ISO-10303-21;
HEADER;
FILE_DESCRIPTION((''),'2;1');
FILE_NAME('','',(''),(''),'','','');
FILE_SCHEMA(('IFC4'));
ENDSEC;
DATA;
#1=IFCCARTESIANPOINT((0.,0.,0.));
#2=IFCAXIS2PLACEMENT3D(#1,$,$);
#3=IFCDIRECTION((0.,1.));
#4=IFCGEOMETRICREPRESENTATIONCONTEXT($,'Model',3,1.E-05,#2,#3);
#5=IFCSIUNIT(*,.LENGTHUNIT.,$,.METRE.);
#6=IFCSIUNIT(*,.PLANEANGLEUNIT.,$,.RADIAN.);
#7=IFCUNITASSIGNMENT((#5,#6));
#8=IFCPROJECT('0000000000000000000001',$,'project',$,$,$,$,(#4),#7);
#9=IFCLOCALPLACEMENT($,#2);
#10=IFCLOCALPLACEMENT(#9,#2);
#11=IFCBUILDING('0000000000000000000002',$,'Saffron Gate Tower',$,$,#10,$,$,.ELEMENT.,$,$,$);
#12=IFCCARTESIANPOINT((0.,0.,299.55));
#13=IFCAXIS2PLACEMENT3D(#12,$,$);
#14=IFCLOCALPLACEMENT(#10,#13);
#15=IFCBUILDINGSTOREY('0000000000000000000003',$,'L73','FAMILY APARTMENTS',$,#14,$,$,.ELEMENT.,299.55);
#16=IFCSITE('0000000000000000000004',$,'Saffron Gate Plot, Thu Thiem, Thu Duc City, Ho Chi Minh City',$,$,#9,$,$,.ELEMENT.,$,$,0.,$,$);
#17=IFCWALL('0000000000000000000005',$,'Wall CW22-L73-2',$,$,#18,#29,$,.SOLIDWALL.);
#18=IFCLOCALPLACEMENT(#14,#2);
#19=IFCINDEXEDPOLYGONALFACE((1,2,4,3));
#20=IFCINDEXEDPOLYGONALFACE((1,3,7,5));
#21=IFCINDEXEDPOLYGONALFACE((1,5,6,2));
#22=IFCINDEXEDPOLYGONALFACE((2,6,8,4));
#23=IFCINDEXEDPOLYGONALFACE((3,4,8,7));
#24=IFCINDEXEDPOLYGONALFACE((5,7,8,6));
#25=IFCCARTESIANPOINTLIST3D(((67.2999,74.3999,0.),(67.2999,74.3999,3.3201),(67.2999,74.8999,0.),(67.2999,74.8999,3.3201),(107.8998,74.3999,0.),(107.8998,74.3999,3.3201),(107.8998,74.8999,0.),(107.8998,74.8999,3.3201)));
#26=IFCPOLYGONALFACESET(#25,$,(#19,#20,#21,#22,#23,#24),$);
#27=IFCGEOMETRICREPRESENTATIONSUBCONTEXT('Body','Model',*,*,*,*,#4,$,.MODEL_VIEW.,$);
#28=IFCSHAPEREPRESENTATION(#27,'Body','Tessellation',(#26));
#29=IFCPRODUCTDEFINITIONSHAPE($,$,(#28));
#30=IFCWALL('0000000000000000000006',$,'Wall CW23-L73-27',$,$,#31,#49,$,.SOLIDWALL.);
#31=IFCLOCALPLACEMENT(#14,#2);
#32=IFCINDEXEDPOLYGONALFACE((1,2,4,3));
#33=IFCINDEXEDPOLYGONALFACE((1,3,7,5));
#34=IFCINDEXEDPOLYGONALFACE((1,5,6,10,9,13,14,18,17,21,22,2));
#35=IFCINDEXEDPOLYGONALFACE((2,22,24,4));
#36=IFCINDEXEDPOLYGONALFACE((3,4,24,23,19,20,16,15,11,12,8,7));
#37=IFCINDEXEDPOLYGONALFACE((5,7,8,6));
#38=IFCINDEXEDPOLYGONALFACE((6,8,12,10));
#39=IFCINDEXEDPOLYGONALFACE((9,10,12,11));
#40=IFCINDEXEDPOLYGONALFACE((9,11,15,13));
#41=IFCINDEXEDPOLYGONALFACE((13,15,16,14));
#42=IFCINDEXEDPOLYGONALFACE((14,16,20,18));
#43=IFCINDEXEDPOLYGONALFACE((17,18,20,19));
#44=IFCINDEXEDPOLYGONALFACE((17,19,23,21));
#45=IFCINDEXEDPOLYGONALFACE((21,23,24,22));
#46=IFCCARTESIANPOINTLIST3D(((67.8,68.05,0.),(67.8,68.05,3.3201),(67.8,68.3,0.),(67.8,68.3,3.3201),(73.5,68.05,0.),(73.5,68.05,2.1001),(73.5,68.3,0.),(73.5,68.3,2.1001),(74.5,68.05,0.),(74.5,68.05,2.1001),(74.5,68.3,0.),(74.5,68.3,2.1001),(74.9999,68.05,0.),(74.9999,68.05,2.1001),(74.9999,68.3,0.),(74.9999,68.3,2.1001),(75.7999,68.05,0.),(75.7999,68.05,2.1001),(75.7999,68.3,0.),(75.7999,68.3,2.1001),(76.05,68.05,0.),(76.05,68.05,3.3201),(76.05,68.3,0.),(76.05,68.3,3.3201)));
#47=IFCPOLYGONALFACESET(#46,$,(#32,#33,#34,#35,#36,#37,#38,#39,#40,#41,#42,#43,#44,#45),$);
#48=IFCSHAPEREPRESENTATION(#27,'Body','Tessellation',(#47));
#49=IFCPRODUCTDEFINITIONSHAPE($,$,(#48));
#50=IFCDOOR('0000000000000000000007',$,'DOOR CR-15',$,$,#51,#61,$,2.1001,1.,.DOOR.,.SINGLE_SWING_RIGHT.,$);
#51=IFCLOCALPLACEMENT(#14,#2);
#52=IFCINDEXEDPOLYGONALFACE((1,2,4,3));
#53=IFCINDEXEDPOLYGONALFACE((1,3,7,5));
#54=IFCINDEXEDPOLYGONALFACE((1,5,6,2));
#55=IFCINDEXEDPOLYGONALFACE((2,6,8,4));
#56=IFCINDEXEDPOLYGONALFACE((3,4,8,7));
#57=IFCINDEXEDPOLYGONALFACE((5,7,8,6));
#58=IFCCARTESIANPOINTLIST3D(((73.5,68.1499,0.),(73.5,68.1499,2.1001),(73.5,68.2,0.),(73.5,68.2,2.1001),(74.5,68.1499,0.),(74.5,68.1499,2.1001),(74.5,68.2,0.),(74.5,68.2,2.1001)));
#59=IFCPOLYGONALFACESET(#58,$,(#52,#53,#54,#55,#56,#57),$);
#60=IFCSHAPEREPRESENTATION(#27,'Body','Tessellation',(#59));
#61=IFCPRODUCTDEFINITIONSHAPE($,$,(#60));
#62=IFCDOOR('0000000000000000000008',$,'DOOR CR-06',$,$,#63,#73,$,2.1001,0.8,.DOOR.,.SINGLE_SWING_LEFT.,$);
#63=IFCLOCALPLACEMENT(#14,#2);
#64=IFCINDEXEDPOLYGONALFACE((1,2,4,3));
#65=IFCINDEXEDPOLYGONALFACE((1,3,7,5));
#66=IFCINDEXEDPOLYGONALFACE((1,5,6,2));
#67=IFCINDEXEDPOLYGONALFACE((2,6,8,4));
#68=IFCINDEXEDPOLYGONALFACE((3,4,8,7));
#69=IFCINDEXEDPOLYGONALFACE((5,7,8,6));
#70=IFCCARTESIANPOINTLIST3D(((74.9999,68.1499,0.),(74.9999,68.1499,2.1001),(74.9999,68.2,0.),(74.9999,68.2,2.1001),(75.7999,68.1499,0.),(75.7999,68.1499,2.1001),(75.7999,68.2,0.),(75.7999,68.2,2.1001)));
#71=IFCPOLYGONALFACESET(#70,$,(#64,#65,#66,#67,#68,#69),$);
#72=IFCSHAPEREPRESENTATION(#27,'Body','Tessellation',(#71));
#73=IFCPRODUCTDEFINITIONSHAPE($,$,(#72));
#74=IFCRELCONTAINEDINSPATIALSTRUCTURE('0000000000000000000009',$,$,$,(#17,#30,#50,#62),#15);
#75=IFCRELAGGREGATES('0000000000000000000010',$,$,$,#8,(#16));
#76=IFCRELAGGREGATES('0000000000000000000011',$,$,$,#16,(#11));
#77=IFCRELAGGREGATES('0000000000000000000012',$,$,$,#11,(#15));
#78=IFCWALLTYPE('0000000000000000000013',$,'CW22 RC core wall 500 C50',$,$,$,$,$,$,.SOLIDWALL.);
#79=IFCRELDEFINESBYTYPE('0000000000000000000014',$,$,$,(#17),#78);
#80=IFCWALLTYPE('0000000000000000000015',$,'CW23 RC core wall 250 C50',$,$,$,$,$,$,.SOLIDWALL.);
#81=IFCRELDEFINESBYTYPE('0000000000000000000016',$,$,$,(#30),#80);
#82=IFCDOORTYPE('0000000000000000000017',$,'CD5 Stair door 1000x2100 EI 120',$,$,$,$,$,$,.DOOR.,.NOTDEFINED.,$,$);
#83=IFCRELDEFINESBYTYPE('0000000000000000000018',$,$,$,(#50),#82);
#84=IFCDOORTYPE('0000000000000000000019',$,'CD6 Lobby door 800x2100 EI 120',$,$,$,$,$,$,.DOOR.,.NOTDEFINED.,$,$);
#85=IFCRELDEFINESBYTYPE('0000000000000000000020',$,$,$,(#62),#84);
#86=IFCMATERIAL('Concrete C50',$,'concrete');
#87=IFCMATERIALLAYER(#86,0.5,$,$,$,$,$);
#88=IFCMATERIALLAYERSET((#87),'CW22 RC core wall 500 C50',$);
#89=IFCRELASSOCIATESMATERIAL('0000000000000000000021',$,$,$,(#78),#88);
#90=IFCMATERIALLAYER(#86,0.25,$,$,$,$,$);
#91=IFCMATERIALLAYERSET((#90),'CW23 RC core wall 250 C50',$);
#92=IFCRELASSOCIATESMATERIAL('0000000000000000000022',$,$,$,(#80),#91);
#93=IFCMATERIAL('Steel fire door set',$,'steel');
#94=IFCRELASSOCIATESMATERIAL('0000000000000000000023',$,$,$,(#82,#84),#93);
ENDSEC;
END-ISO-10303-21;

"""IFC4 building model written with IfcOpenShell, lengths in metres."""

from ifc_helpers import new_model, si_unit, direction, frame, frame_2d, origin, place, context, subcontext, project, spatial, rectangle, extrude, material, layer, layer_set, type_object, element, fill, save


model = new_model("IFC4")

# Units and contexts
model_context = context("Model", 3, precision=1e-05, world=origin(), true_north=direction((0.0, 1.0)))
body_context = subcontext(model_context, "Body", "Model", "MODEL_VIEW")
ifc_project = project(units=[si_unit("LENGTHUNIT", "METRE"), si_unit("PLANEANGLEUNIT", "RADIAN")], contexts=[model_context])

# Site, building, storey
site_placement = place(None, origin())
site = spatial("IfcSite", under=ifc_project, at=site_placement, Name="Saffron Gate Plot, Thu Thiem, Thu Duc City, Ho Chi Minh City", CompositionType="ELEMENT", RefElevation=0.0)
building_placement = place(site_placement, origin())
building = spatial("IfcBuilding", under=site, at=building_placement, Name="Saffron Gate Tower", CompositionType="ELEMENT")
storey_placement = place(building_placement, frame((0.0, 0.0, 299.55)))
storey = spatial("IfcBuildingStorey", under=building, at=storey_placement, Name="L73", Description="FAMILY APARTMENTS", CompositionType="ELEMENT", Elevation=299.55)

# Wall
ifc_material_1 = material(Name="Concrete C50", Category="concrete")
ifc_layer_1 = layer(ifc_material_1, 0.5)
ifc_layer_set_1 = layer_set([ifc_layer_1], Name="CW22 RC core wall 500 C50")
wall_type_1 = type_object("IfcWallType", Name="CW22 RC core wall 500 C50", PredefinedType="SOLIDWALL", material=ifc_layer_set_1)
wall_1_placement = place(storey_placement, frame((67.3, 74.6499, 0.0), z_axis=(0.0, 0.0, 1.0), x_axis=(1.0, 0.0, 0.0)))
element("IfcWall", 1, at=wall_1_placement, inside=storey, type_object=wall_type_1, Name="Wall CW22-L73-2", PredefinedType="SOLIDWALL", context=body_context, shape_type="SweptSolid", body=[
    extrude(rectangle(XDim=40.5999, YDim=0.5, at=frame_2d((20.2998, 0.0))), origin(), (0.0, 0.0, 1.0), 3.3201),
])

# Wall, openings, doors
ifc_layer_2 = layer(ifc_material_1, 0.25)
ifc_layer_set_2 = layer_set([ifc_layer_2], Name="CW23 RC core wall 250 C50")
wall_type_2 = type_object("IfcWallType", Name="CW23 RC core wall 250 C50", PredefinedType="SOLIDWALL", material=ifc_layer_set_2)
wall_2_placement = place(storey_placement, frame((67.8, 68.175, 0.0), z_axis=(0.0, 0.0, 1.0), x_axis=(1.0, 0.0, 0.0)))
wall_2 = element("IfcWall", 2, at=wall_2_placement, inside=storey, type_object=wall_type_2, Name="Wall CW23-L73-27", PredefinedType="SOLIDWALL", context=body_context, shape_type="SweptSolid", body=[
    extrude(rectangle(XDim=8.25, YDim=0.25, at=frame_2d((4.125, 0.0))), origin(), (0.0, 0.0, 1.0), 3.3201),
])
opening_1_placement = place(wall_2_placement, frame((5.7, 0.0, 0.0)))
opening_1 = element("IfcOpeningElement", 3, at=opening_1_placement, cuts=wall_2, PredefinedType="OPENING", context=body_context, shape_type="SweptSolid", body=[
    extrude(rectangle(XDim=1.0, YDim=2.1001, at=frame_2d((0.5, 1.05))), frame((0.0, 0.135, 0.0), z_axis=(0.0, -1.0, 0.0), x_axis=(1.0, 0.0, 0.0)), (0.0, 0.0, 1.0), 0.27),
])
opening_2_placement = place(wall_2_placement, frame((7.2, 0.0, 0.0)))
opening_2 = element("IfcOpeningElement", 4, at=opening_2_placement, cuts=wall_2, PredefinedType="OPENING", context=body_context, shape_type="SweptSolid", body=[
    extrude(rectangle(XDim=0.8, YDim=2.1001, at=frame_2d((0.3999, 1.05))), frame((0.0, 0.135, 0.0), z_axis=(0.0, -1.0, 0.0), x_axis=(1.0, 0.0, 0.0)), (0.0, 0.0, 1.0), 0.27),
])
ifc_material_2 = material(Name="Steel fire door set", Category="steel")
door_type_1 = type_object("IfcDoorType", Name="CD5 Stair door 1000x2100 EI 120", OperationType="NOTDEFINED", PredefinedType="DOOR", material=ifc_material_2)
door_1_placement = place(opening_1_placement, origin())
door_1 = element("IfcDoor", 5, at=door_1_placement, inside=storey, type_object=door_type_1, Name="DOOR CR-15", OperationType="SINGLE_SWING_RIGHT", OverallHeight=2.1001, OverallWidth=1.0, PredefinedType="DOOR", context=body_context, shape_type="SweptSolid", body=[
    extrude(rectangle(XDim=1.0, YDim=2.1001, at=frame_2d((0.5, 1.05))), frame((0.0, 0.0249, 0.0), z_axis=(0.0, -1.0, 0.0), x_axis=(1.0, 0.0, 0.0)), (0.0, 0.0, 1.0), 0.05),
])
fill(opening_1, door_1)
door_type_2 = type_object("IfcDoorType", Name="CD6 Lobby door 800x2100 EI 120", OperationType="NOTDEFINED", PredefinedType="DOOR", material=ifc_material_2)
door_2_placement = place(opening_2_placement, origin())
door_2 = element("IfcDoor", 6, at=door_2_placement, inside=storey, type_object=door_type_2, Name="DOOR CR-06", OperationType="SINGLE_SWING_LEFT", OverallHeight=2.1001, OverallWidth=0.8, PredefinedType="DOOR", context=body_context, shape_type="SweptSolid", body=[
    extrude(rectangle(XDim=0.8, YDim=2.1001, at=frame_2d((0.3999, 1.05))), frame((0.0, 0.0249, 0.0), z_axis=(0.0, -1.0, 0.0), x_axis=(1.0, 0.0, 0.0)), (0.0, 0.0, 1.0), 0.05),
])
fill(opening_2, door_2)

save(model, "model.ifc")
